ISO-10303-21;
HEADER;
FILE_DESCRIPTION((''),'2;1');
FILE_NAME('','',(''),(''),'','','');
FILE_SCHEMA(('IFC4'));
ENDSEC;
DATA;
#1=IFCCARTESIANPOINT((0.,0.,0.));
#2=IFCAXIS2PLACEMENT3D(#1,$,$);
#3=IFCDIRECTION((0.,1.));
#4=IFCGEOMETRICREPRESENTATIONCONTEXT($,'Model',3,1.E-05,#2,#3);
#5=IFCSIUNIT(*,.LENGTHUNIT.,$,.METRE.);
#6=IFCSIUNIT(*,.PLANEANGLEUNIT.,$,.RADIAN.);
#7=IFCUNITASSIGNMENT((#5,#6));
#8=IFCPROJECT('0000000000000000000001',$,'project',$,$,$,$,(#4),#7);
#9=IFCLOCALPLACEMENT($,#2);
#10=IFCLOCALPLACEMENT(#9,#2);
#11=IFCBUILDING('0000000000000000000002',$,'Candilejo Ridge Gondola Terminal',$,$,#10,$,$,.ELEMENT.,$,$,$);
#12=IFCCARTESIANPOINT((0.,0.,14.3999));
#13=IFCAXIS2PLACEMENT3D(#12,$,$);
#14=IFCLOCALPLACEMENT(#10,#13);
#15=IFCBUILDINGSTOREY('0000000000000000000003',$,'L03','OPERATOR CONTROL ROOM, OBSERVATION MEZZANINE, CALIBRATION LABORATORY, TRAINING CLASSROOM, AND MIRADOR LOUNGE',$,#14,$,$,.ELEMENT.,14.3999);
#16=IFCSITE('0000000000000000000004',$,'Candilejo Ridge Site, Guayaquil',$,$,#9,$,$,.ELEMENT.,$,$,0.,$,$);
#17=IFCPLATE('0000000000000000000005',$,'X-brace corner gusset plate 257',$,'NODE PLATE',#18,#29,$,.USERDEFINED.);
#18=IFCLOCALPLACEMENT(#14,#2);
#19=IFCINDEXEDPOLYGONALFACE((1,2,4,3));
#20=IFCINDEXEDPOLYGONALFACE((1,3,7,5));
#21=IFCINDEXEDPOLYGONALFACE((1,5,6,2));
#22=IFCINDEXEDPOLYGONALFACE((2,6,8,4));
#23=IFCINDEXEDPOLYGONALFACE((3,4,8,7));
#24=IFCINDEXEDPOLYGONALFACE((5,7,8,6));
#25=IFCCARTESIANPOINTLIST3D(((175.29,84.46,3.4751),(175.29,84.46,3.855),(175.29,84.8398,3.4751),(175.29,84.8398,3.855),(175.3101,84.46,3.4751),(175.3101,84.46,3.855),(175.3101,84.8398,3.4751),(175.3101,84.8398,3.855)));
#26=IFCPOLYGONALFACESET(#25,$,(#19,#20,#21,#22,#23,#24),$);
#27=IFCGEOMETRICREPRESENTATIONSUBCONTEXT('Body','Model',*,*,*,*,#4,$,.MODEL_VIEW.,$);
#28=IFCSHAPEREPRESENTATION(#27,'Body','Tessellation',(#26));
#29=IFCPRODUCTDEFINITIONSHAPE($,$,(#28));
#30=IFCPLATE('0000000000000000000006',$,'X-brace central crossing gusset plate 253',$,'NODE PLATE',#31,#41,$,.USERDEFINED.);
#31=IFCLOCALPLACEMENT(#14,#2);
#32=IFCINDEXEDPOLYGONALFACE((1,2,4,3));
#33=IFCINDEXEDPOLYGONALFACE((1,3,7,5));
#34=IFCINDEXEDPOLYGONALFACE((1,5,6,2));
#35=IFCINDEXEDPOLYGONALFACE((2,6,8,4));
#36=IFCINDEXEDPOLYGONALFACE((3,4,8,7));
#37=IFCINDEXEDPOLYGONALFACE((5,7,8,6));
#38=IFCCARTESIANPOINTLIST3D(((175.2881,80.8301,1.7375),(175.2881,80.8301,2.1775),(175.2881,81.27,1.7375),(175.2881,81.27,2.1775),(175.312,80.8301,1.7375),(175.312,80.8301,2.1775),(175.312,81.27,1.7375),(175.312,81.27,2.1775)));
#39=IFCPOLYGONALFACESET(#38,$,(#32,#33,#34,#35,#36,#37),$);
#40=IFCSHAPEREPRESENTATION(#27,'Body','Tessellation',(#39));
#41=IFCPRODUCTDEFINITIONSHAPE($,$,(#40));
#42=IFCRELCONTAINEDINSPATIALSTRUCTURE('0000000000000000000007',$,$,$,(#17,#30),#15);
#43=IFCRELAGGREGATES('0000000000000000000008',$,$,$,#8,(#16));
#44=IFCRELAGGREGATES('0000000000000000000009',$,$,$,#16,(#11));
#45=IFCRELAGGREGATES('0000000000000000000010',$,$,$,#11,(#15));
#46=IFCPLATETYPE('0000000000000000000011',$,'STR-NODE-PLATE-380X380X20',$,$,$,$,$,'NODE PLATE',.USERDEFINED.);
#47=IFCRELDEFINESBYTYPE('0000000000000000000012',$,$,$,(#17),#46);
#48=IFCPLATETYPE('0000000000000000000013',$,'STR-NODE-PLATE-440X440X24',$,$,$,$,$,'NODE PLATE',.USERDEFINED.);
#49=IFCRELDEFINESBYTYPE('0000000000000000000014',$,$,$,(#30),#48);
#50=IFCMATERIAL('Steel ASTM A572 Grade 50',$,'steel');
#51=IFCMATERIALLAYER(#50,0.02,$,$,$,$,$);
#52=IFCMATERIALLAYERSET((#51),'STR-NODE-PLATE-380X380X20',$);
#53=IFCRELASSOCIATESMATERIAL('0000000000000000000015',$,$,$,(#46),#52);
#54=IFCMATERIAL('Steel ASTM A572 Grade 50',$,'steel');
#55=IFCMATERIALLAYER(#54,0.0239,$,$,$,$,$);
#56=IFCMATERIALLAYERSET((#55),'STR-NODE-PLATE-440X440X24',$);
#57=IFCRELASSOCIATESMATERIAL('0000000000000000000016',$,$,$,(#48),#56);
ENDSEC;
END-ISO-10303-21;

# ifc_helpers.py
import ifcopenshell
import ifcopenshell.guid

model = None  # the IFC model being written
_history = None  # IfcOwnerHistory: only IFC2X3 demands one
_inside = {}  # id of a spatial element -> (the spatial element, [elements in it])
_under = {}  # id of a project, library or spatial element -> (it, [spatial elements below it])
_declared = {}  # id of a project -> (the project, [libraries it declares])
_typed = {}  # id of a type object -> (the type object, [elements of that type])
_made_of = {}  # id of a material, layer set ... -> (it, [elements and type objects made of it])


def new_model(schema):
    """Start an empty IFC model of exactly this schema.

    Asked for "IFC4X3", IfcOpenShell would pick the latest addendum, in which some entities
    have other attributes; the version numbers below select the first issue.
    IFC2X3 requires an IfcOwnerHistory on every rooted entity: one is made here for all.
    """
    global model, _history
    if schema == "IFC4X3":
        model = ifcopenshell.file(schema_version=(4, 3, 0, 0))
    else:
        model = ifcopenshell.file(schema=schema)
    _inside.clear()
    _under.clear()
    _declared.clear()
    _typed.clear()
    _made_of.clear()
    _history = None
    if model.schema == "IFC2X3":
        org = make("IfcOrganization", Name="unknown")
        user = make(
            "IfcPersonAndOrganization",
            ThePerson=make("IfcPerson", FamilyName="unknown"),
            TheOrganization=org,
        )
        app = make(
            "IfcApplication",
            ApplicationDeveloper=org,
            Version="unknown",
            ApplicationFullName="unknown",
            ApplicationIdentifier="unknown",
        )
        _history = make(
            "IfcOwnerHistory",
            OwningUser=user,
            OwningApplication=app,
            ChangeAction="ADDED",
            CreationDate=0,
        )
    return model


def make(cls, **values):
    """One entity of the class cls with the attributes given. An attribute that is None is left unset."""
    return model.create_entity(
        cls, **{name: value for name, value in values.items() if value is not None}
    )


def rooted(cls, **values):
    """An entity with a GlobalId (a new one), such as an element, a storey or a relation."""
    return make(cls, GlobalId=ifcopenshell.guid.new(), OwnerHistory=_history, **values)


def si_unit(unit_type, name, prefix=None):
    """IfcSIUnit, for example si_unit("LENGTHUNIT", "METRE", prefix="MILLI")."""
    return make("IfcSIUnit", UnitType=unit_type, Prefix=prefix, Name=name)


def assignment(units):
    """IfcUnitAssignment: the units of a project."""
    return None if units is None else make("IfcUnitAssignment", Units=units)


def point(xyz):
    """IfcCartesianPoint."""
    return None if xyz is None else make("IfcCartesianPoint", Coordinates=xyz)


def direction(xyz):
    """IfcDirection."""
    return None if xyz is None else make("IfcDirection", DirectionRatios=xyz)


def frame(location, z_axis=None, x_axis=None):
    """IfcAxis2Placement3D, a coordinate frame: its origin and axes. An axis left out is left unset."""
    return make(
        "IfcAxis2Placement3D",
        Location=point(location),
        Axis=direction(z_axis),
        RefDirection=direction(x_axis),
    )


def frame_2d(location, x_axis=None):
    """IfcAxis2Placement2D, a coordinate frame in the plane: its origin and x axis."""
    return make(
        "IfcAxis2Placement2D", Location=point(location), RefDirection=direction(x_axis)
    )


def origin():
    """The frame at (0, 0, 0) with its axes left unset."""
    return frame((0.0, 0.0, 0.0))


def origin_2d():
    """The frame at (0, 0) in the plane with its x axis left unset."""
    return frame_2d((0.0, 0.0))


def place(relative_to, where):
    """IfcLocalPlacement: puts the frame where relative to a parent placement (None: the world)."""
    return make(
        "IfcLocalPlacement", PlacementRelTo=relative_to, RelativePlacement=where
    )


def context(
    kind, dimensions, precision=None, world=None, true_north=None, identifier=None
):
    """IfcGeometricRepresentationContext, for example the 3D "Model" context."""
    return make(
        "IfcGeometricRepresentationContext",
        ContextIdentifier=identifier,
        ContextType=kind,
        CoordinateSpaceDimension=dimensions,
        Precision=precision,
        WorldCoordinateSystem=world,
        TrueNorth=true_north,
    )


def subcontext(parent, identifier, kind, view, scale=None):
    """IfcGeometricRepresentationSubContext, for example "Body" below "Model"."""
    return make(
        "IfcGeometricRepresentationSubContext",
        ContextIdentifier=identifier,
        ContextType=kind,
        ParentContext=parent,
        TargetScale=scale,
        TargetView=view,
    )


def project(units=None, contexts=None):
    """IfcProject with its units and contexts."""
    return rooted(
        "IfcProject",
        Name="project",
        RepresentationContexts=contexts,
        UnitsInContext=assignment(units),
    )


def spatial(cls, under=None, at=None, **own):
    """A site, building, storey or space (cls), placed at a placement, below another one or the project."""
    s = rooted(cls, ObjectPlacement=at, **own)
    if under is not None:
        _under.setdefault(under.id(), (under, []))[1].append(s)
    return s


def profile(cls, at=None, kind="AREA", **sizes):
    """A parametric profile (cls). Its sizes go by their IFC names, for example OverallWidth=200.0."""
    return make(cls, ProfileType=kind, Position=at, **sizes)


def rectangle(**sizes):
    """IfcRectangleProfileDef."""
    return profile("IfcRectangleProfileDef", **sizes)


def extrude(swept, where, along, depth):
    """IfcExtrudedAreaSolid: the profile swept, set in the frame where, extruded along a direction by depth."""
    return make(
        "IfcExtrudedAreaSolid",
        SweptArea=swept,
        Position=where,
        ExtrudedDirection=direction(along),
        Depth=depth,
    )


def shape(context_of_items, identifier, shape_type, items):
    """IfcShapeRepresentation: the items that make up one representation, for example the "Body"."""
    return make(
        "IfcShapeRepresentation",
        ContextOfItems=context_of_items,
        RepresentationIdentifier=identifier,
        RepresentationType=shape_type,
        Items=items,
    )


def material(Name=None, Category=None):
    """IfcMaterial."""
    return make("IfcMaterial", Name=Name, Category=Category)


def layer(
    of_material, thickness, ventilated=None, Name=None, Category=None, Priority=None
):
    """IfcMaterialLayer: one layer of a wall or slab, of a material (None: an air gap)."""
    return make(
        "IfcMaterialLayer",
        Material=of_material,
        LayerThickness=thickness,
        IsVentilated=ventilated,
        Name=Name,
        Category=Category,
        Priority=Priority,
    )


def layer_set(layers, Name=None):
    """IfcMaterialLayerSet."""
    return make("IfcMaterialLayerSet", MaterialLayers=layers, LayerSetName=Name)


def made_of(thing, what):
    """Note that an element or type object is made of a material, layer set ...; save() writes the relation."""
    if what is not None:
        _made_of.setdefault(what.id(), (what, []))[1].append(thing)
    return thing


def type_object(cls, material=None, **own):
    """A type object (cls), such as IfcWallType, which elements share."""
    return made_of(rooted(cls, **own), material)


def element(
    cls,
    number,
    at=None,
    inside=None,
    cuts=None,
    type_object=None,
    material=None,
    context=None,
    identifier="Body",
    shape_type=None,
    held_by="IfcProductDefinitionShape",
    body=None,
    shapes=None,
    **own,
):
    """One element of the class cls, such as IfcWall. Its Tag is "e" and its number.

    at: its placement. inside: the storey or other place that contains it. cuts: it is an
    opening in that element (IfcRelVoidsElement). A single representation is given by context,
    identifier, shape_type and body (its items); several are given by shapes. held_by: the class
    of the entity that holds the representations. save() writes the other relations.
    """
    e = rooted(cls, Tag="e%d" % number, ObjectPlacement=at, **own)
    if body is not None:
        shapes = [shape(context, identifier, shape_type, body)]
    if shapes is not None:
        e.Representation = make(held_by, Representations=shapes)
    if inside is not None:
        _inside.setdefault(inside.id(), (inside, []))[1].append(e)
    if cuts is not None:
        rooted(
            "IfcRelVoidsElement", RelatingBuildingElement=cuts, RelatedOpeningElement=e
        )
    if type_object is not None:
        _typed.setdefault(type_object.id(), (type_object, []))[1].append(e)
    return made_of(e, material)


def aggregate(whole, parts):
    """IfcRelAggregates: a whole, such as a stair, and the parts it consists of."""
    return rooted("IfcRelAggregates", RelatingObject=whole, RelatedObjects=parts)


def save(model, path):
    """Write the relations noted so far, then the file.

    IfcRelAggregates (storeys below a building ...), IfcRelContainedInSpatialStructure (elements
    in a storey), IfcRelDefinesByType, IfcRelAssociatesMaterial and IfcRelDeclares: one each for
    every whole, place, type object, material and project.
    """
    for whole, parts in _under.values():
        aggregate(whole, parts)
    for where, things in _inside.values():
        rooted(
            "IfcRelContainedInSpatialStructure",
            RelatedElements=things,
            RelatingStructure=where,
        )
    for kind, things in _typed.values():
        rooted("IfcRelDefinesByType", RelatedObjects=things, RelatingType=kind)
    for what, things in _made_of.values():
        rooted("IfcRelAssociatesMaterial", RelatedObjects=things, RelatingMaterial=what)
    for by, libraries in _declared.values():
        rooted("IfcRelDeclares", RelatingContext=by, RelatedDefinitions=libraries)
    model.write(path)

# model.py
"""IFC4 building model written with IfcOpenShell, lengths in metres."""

from ifc_helpers import new_model, si_unit, direction, frame, origin, origin_2d, place, context, subcontext, project, spatial, rectangle, extrude, material, layer, layer_set, type_object, element, save


model = new_model("IFC4")

# Units and contexts
model_context = context("Model", 3, precision=1e-05, world=origin(), true_north=direction((0.0, 1.0)))
body_context = subcontext(model_context, "Body", "Model", "MODEL_VIEW")
ifc_project = project(units=[si_unit("LENGTHUNIT", "METRE"), si_unit("PLANEANGLEUNIT", "RADIAN")], contexts=[model_context])

# Site, building, storey
site_placement = place(None, origin())
site = spatial("IfcSite", under=ifc_project, at=site_placement, Name="Candilejo Ridge Site, Guayaquil", CompositionType="ELEMENT", RefElevation=0.0)
building_placement = place(site_placement, origin())
building = spatial("IfcBuilding", under=site, at=building_placement, Name="Candilejo Ridge Gondola Terminal", CompositionType="ELEMENT")
storey_placement = place(building_placement, frame((0.0, 0.0, 14.3999)))
storey = spatial("IfcBuildingStorey", under=building, at=storey_placement, Name="L03", Description="OPERATOR CONTROL ROOM, OBSERVATION MEZZANINE, CALIBRATION LABORATORY, TRAINING CLASSROOM, AND MIRADOR LOUNGE", CompositionType="ELEMENT", Elevation=14.3999)

# Plates
ifc_material_1 = material(Name="Steel ASTM A572 Grade 50", Category="steel")
ifc_layer_1 = layer(ifc_material_1, 0.02)
ifc_layer_set_1 = layer_set([ifc_layer_1], Name="STR-NODE-PLATE-380X380X20")
plate_type_1 = type_object("IfcPlateType", Name="STR-NODE-PLATE-380X380X20", ElementType="NODE PLATE", PredefinedType="USERDEFINED", material=ifc_layer_set_1)
for number, where, z_axis, x_axis, name in (
    (1, (175.3, 84.6499, 3.4751), (0.0, 0.0, 1.0), (1.0, 0.0, 0.0), "X-brace corner gusset plate 257"),
):
    element("IfcPlate", number, at=place(storey_placement, frame(where, z_axis=z_axis, x_axis=x_axis)), inside=storey, type_object=plate_type_1, Name=name, ObjectType="NODE PLATE", PredefinedType="USERDEFINED", context=body_context, shape_type="SweptSolid", body=[
        extrude(rectangle(XDim=0.02, YDim=0.3799, at=origin_2d()), origin(), (0.0, 0.0, 1.0), 0.3799),
    ])
ifc_material_2 = material(Name="Steel ASTM A572 Grade 50", Category="steel")
ifc_layer_2 = layer(ifc_material_2, 0.0239)
ifc_layer_set_2 = layer_set([ifc_layer_2], Name="STR-NODE-PLATE-440X440X24")
plate_type_2 = type_object("IfcPlateType", Name="STR-NODE-PLATE-440X440X24", ElementType="NODE PLATE", PredefinedType="USERDEFINED", material=ifc_layer_set_2)
plate_1_placement = place(storey_placement, frame((175.3, 81.05, 1.7375), z_axis=(0.0, 0.0, 1.0), x_axis=(1.0, 0.0, 0.0)))
element("IfcPlate", 2, at=plate_1_placement, inside=storey, type_object=plate_type_2, Name="X-brace central crossing gusset plate 253", ObjectType="NODE PLATE", PredefinedType="USERDEFINED", context=body_context, shape_type="SweptSolid", body=[
    extrude(rectangle(XDim=0.0239, YDim=0.4399, at=origin_2d()), origin(), (0.0, 0.0, 1.0), 0.4399),
])

save(model, "model.ifc")
